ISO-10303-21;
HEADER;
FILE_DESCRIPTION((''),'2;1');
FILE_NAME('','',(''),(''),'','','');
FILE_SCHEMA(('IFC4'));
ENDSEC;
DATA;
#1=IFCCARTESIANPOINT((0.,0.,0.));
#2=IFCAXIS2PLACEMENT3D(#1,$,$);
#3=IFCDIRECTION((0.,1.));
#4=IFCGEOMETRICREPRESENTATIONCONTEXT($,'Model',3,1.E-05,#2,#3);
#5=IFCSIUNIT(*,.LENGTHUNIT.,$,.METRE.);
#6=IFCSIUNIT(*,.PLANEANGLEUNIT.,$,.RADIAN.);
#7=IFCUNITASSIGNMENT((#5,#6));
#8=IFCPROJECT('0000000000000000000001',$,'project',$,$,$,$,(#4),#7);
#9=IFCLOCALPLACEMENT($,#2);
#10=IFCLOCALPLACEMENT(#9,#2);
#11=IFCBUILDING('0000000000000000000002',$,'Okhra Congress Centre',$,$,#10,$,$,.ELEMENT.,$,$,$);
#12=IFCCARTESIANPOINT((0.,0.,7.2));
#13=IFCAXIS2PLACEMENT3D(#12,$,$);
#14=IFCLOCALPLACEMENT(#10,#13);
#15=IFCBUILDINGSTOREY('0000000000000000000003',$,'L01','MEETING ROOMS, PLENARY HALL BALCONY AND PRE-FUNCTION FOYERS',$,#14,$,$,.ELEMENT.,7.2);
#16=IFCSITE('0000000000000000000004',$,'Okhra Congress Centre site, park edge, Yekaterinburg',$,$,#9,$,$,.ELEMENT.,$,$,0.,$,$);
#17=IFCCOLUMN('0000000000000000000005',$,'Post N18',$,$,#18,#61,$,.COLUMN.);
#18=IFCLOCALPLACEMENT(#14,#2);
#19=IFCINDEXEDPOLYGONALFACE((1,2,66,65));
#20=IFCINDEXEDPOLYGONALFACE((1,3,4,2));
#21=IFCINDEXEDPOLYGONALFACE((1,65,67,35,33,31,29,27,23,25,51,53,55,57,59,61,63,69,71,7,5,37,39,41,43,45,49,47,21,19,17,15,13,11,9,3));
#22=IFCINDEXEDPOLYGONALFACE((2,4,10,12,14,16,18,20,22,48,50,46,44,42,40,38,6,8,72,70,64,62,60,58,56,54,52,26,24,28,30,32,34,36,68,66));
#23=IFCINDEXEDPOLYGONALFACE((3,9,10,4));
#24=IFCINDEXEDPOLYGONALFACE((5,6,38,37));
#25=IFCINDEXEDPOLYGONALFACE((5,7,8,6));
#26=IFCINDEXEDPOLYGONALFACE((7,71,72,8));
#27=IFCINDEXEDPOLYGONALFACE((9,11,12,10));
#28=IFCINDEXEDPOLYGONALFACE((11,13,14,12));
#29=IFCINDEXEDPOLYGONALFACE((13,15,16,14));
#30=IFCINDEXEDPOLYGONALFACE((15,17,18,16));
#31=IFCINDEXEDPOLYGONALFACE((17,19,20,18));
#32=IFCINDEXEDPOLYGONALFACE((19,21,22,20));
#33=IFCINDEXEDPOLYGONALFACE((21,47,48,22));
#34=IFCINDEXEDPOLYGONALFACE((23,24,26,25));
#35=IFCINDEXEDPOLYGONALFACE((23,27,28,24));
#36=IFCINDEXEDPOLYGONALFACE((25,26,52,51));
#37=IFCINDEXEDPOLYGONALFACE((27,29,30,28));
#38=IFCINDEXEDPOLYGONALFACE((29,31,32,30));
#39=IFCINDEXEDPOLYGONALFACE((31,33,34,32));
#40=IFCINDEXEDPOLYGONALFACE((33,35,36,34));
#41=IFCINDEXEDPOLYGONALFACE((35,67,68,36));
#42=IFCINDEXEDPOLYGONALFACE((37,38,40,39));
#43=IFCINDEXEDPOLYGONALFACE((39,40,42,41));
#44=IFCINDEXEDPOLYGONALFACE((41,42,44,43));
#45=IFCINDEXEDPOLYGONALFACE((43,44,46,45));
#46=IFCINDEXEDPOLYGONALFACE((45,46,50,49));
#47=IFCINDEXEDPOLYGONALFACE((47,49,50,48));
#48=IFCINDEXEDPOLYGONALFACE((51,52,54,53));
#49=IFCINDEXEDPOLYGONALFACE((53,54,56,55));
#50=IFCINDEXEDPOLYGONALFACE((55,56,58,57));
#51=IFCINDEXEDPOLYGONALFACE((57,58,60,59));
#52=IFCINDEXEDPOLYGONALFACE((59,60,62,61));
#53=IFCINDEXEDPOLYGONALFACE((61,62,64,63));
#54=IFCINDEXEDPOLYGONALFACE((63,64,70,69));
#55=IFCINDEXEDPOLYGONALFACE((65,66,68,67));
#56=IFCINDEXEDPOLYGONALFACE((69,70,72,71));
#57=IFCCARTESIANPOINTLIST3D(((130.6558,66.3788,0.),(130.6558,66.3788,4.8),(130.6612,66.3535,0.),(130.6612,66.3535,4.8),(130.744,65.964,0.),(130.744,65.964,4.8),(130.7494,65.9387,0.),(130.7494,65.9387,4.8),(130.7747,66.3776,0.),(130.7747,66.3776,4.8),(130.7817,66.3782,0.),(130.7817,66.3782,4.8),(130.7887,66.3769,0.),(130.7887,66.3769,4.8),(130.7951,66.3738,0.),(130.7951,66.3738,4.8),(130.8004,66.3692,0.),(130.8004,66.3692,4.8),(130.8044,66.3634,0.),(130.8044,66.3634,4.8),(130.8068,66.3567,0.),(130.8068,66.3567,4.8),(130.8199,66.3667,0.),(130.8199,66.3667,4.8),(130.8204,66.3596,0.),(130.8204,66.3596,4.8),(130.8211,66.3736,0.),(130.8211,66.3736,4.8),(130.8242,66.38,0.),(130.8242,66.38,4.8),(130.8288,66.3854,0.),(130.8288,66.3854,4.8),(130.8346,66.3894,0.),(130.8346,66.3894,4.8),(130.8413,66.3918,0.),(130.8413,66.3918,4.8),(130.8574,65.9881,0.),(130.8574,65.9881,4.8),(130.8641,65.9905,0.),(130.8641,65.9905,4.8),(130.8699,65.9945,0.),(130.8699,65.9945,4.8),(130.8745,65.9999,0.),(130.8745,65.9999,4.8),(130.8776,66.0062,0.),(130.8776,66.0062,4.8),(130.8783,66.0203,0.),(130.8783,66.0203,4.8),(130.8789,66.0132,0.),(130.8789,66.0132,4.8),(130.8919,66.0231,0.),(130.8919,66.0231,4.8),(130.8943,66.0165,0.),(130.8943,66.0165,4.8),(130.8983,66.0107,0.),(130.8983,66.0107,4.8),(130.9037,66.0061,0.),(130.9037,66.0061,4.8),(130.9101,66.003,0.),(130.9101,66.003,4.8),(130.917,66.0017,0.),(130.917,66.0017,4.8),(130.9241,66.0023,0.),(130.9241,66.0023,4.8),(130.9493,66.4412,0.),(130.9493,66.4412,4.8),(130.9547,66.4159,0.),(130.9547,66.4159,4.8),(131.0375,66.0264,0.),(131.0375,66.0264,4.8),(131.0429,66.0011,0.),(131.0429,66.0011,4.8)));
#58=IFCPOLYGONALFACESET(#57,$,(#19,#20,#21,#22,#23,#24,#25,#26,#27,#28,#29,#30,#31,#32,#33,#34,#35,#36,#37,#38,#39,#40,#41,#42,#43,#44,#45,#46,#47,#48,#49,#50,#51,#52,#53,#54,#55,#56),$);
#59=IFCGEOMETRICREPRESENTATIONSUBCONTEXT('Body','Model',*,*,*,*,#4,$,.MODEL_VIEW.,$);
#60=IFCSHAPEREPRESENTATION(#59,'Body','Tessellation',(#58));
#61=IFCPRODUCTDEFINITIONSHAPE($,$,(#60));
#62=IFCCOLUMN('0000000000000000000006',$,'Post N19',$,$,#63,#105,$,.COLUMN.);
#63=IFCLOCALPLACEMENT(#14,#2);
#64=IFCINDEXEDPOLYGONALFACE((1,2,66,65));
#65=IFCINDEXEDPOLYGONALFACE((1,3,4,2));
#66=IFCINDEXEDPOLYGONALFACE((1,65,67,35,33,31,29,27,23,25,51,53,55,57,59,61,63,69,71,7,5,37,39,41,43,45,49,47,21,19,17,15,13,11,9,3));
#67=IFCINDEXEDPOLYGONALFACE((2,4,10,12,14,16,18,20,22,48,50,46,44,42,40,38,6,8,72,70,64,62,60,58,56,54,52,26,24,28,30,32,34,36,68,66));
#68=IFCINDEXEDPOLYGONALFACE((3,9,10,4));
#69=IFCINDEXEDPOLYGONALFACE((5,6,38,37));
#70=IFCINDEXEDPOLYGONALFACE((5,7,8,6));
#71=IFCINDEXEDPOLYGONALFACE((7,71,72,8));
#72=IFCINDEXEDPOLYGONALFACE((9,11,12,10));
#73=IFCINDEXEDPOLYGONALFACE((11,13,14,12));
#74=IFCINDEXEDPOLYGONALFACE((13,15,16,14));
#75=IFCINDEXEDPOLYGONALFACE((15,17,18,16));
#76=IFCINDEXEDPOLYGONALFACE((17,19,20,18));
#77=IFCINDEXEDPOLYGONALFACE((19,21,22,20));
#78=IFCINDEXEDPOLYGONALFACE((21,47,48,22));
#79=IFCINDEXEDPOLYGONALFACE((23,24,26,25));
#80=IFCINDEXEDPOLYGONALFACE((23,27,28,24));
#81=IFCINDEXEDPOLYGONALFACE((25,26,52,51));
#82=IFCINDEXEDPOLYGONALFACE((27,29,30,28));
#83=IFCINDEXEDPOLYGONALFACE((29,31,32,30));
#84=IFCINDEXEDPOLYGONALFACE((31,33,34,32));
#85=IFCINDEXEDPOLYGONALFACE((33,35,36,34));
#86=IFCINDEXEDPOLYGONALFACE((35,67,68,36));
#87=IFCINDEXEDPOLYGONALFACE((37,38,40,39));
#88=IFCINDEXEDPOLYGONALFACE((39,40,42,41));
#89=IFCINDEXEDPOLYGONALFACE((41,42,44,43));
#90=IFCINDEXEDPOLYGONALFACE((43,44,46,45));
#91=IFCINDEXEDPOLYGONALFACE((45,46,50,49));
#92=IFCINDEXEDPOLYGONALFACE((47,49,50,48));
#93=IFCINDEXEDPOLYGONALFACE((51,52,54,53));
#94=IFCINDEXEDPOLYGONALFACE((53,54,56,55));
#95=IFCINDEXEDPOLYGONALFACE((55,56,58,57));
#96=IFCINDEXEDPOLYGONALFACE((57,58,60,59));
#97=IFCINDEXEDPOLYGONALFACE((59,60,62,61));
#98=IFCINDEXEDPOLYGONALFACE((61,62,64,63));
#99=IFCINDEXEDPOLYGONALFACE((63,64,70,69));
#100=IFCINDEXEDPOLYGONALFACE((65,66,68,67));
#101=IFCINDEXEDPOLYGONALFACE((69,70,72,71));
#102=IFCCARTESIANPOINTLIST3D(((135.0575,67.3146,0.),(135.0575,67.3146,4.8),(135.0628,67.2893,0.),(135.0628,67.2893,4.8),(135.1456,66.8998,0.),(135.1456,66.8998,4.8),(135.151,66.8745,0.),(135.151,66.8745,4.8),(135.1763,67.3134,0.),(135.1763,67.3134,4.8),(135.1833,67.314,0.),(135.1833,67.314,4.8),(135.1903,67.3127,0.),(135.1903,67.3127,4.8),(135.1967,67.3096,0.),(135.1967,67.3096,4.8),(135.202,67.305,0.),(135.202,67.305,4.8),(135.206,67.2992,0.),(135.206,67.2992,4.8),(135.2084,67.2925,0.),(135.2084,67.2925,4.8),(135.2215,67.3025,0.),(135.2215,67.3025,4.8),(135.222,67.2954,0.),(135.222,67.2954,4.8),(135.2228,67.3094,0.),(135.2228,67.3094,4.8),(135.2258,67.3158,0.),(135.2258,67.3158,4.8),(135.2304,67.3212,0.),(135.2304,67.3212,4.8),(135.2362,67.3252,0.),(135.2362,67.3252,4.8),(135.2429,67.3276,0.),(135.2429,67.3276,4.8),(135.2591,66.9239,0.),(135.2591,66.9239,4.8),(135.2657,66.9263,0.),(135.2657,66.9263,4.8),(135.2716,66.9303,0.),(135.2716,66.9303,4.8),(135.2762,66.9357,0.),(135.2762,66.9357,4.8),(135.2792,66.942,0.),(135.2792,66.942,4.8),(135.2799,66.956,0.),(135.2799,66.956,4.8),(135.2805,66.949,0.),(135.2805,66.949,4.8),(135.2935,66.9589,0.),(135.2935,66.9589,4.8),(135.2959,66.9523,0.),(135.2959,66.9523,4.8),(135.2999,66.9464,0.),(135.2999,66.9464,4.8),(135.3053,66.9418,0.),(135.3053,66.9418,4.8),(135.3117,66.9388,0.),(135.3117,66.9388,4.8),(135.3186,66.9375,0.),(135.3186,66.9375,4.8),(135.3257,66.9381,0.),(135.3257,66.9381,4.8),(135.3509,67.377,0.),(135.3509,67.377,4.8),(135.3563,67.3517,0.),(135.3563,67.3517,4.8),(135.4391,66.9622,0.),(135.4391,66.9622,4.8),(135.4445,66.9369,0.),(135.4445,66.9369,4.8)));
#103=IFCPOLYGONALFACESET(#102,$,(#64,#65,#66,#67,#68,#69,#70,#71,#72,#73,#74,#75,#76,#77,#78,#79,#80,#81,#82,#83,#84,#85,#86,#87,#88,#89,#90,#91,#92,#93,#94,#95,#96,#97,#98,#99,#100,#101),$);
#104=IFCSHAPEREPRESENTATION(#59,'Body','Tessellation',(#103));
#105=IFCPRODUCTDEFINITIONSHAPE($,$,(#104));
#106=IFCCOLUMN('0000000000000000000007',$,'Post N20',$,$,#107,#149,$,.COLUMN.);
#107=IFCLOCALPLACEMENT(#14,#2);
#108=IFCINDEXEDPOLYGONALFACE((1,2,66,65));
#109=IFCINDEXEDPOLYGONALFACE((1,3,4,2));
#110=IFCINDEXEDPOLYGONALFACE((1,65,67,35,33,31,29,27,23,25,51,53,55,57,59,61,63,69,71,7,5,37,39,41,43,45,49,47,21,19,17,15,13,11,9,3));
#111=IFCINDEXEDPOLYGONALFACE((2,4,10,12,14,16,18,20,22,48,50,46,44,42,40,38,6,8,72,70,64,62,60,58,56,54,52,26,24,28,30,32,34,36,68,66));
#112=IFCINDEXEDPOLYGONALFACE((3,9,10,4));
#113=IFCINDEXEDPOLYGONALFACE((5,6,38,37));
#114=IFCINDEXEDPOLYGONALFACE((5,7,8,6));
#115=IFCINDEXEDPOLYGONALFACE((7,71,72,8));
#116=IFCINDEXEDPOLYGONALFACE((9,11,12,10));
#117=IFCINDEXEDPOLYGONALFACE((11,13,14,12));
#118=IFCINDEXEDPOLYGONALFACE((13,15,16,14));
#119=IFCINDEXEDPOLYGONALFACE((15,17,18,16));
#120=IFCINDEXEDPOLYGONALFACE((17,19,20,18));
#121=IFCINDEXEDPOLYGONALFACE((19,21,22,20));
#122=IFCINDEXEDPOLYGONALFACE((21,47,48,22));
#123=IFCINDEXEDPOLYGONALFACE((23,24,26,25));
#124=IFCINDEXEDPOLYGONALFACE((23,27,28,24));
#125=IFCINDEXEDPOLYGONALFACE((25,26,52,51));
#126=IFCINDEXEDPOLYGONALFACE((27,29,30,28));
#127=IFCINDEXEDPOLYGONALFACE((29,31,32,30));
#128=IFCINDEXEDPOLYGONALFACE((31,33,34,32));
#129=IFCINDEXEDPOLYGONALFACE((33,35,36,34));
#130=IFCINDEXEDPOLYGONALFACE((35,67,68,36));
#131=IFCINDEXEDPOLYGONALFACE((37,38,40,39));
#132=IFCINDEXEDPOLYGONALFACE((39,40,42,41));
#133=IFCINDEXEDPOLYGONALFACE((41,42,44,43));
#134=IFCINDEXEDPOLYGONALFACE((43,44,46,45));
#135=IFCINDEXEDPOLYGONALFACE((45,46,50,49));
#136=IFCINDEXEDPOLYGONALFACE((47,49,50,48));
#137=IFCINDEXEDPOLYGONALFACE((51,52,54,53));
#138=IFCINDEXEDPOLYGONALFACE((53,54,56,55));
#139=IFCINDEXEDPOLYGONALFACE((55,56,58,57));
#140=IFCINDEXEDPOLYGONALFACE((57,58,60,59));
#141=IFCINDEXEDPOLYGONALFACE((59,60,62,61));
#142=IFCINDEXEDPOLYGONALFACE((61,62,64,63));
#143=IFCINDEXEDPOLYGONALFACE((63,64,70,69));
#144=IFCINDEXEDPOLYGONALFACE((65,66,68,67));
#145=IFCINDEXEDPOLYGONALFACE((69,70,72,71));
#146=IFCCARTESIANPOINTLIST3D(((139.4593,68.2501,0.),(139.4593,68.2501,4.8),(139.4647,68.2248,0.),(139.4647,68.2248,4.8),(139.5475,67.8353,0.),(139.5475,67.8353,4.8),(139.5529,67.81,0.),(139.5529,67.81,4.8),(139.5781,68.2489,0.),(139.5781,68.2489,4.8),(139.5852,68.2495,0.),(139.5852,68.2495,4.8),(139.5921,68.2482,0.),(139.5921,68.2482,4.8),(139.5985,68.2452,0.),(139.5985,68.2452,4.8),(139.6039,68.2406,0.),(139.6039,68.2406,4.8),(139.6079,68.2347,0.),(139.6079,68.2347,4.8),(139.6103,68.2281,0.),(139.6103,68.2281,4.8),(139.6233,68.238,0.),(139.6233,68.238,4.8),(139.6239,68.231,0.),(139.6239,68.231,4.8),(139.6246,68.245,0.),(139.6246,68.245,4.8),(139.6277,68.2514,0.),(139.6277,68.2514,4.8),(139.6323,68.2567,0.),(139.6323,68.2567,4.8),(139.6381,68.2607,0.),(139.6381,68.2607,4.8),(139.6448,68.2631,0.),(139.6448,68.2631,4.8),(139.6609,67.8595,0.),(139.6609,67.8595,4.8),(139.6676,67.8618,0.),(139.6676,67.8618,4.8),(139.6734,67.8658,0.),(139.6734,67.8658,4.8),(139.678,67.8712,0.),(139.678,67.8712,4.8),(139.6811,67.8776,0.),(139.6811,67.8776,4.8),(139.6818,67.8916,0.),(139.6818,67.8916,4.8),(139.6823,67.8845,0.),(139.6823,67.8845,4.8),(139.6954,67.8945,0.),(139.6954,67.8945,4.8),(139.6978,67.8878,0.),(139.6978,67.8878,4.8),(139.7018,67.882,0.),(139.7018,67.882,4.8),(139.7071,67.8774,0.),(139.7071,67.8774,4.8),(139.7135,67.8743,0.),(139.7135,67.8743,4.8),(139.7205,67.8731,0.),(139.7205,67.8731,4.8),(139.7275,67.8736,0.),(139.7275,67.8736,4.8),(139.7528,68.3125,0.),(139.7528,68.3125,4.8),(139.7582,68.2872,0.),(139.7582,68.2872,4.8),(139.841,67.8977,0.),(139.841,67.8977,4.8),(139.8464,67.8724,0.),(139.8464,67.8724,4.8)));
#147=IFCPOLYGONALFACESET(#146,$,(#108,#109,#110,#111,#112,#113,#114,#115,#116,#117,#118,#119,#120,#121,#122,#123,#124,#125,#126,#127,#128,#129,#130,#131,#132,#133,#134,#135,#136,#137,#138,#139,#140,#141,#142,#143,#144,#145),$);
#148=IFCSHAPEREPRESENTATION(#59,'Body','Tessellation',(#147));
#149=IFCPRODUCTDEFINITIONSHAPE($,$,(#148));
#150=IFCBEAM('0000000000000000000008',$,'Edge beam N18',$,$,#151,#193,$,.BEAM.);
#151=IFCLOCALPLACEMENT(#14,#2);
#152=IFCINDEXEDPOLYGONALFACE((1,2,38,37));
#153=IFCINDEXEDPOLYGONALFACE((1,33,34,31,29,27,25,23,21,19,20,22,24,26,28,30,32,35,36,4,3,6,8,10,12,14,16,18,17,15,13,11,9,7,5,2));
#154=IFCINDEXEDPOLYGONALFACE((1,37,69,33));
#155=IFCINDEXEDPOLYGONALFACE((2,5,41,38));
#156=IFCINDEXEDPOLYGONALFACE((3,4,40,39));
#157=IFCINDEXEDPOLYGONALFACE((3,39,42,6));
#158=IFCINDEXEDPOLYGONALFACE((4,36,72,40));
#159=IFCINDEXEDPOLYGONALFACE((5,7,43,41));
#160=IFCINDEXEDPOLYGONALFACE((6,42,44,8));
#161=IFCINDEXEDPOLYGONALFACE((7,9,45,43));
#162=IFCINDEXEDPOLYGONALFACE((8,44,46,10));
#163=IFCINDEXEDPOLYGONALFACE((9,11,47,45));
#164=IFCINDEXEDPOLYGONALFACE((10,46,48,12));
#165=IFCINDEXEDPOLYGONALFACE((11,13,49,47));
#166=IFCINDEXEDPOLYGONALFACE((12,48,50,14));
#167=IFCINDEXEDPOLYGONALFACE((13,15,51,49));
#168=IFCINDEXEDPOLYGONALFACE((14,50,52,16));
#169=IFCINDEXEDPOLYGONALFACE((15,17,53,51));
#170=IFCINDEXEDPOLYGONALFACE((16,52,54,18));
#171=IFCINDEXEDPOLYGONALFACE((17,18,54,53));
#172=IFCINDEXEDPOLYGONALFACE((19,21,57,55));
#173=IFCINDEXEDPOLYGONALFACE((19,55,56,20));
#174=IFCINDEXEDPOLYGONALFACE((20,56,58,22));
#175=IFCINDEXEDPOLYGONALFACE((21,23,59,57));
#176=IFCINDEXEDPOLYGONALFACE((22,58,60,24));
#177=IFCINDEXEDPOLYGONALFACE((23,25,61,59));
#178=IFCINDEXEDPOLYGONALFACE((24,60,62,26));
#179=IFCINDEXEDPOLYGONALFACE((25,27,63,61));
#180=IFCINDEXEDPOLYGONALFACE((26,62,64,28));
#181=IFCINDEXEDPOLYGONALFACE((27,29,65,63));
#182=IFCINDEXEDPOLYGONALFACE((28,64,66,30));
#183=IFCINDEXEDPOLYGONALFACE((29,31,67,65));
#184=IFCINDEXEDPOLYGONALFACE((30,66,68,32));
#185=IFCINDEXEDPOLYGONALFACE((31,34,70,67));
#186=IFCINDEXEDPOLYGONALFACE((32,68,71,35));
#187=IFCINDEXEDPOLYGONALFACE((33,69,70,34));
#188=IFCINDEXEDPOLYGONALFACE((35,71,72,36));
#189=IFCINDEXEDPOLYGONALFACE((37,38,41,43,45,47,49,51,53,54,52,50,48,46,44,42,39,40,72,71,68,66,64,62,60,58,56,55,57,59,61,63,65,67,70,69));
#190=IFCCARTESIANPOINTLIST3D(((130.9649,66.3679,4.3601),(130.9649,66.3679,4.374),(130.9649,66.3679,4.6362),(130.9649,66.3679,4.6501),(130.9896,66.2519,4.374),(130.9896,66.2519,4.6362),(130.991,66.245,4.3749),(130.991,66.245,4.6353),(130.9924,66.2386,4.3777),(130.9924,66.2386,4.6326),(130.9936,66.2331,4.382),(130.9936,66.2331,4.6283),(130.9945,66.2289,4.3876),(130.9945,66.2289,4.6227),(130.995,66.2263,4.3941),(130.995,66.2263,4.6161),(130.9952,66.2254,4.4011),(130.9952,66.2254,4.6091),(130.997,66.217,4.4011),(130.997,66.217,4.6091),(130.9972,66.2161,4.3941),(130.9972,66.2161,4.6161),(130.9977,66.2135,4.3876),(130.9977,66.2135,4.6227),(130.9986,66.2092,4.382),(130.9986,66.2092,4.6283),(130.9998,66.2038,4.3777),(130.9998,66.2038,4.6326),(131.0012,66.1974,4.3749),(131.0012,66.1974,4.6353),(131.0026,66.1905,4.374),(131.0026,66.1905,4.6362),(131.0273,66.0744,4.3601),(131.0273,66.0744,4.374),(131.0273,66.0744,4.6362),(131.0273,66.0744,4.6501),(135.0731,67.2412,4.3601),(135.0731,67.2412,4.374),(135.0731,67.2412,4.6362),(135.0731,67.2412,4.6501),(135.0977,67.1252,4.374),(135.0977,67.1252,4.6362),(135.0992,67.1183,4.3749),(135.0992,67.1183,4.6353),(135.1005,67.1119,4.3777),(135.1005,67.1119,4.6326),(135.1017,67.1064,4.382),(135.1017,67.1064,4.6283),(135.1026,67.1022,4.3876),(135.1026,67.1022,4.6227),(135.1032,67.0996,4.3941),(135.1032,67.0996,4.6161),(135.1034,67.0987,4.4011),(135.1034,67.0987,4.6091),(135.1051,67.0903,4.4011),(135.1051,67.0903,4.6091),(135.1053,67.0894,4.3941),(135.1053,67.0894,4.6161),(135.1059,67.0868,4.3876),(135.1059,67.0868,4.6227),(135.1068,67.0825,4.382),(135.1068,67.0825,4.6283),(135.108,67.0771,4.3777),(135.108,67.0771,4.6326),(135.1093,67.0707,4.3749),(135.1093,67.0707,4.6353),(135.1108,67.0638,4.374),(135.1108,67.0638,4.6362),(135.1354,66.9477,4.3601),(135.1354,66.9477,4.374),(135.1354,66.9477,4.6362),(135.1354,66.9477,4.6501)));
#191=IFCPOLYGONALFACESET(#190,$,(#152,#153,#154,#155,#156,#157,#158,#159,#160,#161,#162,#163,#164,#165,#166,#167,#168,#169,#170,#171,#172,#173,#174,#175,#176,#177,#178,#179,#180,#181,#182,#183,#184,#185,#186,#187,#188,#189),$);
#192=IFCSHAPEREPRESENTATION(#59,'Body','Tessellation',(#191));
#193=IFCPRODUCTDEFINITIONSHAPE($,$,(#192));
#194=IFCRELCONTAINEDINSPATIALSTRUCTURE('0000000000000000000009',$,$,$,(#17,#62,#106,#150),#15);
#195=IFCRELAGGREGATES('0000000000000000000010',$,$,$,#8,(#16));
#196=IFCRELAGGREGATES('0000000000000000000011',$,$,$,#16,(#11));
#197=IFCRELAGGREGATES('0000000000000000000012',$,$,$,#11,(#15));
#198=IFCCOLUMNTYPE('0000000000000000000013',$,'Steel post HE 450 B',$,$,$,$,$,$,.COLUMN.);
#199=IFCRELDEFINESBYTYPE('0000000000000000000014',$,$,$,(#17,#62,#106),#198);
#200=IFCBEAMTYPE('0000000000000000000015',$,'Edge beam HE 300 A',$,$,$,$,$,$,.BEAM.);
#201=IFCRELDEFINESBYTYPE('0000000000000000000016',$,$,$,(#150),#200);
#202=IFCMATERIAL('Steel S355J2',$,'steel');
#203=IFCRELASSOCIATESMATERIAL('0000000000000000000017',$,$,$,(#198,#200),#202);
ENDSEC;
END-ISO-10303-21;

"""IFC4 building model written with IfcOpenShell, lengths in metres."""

from ifc_helpers import new_model, si_unit, direction, frame, origin, origin_2d, place, context, subcontext, project, spatial, i_section, extrude, material, material_profile, profile_set, type_object, element, save


model = new_model("IFC4")

# Units and contexts
model_context = context("Model", 3, precision=1e-05, world=origin(), true_north=direction((0.0, 1.0)))
body_context = subcontext(model_context, "Body", "Model", "MODEL_VIEW")
ifc_project = project(units=[si_unit("LENGTHUNIT", "METRE"), si_unit("PLANEANGLEUNIT", "RADIAN")], contexts=[model_context])

# Site, building, storey
site_placement = place(None, origin())
site = spatial("IfcSite", under=ifc_project, at=site_placement, Name="Okhra Congress Centre site, park edge, Yekaterinburg", CompositionType="ELEMENT", RefElevation=0.0)
building_placement = place(site_placement, origin())
building = spatial("IfcBuilding", under=site, at=building_placement, Name="Okhra Congress Centre", CompositionType="ELEMENT")
storey_placement = place(building_placement, frame((0.0, 0.0, 7.2)))
storey = spatial("IfcBuildingStorey", under=building, at=storey_placement, Name="L01", Description="MEETING ROOMS, PLENARY HALL BALCONY AND PRE-FUNCTION FOYERS", CompositionType="ELEMENT", Elevation=7.2)

# Columns
ifc_material_1 = material(Name="Steel S355J2", Category="steel")
ifc_material_profile_1 = material_profile(ifc_material_1, i_section(OverallWidth=0.3, OverallDepth=0.45, WebThickness=0.0139, FlangeThickness=0.0259, FilletRadius=0.0271, at=origin_2d()), Name="HE 450 B")
ifc_profile_set_1 = profile_set([ifc_material_profile_1], Name="Steel S355J2")
column_type = type_object("IfcColumnType", Name="Steel post HE 450 B", PredefinedType="COLUMN", material=ifc_profile_set_1)
for number, where, z_axis, x_axis, name in (
    (1, (130.8494, 66.1899, 0.0), (0.0, 0.0, 1.0), (0.978148, 0.207912, 0.0), "Post N18"),
    (2, (135.251, 67.1257, 0.0), (0.0, 0.0, 1.0), (0.978148, 0.207912, 0.0), "Post N19"),
    (3, (139.6528, 68.0613, 0.0), (0.0, 0.0, 1.0), (0.978148, 0.207912, 0.0), "Post N20"),
):
    element("IfcColumn", number, at=place(storey_placement, frame(where, z_axis=z_axis, x_axis=x_axis)), inside=storey, type_object=column_type, Name=name, PredefinedType="COLUMN", context=body_context, shape_type="SweptSolid", body=[
        extrude(i_section(OverallWidth=0.3, OverallDepth=0.45, WebThickness=0.0139, FlangeThickness=0.0259, FilletRadius=0.0271, at=origin_2d()), origin(), (0.0, 0.0, 1.0), 4.8),
    ])

# Beam
ifc_material_profile_2 = material_profile(ifc_material_1, i_section(OverallWidth=0.3, OverallDepth=0.29, WebThickness=0.0085, FlangeThickness=0.0139, FilletRadius=0.0271, at=origin_2d()), Name="HE 300 A")
ifc_profile_set_2 = profile_set([ifc_material_profile_2], Name="Steel S355J2")
beam_type = type_object("IfcBeamType", Name="Edge beam HE 300 A", PredefinedType="BEAM", material=ifc_profile_set_2)
beam_1_placement = place(storey_placement, frame((130.9961, 66.2212, 4.5051), z_axis=(0.978144, 0.207929, 0.0), x_axis=(-0.207929, 0.978144, 0.0)))
element("IfcBeam", 4, at=beam_1_placement, inside=storey, type_object=beam_type, Name="Edge beam N18", PredefinedType="BEAM", context=body_context, shape_type="SweptSolid", body=[
    extrude(i_section(OverallWidth=0.3, OverallDepth=0.29, WebThickness=0.0085, FlangeThickness=0.0139, FilletRadius=0.0271, at=origin_2d()), origin(), (0.0, 0.0, 1.0), 4.2),
])

save(model, "model.ifc")
